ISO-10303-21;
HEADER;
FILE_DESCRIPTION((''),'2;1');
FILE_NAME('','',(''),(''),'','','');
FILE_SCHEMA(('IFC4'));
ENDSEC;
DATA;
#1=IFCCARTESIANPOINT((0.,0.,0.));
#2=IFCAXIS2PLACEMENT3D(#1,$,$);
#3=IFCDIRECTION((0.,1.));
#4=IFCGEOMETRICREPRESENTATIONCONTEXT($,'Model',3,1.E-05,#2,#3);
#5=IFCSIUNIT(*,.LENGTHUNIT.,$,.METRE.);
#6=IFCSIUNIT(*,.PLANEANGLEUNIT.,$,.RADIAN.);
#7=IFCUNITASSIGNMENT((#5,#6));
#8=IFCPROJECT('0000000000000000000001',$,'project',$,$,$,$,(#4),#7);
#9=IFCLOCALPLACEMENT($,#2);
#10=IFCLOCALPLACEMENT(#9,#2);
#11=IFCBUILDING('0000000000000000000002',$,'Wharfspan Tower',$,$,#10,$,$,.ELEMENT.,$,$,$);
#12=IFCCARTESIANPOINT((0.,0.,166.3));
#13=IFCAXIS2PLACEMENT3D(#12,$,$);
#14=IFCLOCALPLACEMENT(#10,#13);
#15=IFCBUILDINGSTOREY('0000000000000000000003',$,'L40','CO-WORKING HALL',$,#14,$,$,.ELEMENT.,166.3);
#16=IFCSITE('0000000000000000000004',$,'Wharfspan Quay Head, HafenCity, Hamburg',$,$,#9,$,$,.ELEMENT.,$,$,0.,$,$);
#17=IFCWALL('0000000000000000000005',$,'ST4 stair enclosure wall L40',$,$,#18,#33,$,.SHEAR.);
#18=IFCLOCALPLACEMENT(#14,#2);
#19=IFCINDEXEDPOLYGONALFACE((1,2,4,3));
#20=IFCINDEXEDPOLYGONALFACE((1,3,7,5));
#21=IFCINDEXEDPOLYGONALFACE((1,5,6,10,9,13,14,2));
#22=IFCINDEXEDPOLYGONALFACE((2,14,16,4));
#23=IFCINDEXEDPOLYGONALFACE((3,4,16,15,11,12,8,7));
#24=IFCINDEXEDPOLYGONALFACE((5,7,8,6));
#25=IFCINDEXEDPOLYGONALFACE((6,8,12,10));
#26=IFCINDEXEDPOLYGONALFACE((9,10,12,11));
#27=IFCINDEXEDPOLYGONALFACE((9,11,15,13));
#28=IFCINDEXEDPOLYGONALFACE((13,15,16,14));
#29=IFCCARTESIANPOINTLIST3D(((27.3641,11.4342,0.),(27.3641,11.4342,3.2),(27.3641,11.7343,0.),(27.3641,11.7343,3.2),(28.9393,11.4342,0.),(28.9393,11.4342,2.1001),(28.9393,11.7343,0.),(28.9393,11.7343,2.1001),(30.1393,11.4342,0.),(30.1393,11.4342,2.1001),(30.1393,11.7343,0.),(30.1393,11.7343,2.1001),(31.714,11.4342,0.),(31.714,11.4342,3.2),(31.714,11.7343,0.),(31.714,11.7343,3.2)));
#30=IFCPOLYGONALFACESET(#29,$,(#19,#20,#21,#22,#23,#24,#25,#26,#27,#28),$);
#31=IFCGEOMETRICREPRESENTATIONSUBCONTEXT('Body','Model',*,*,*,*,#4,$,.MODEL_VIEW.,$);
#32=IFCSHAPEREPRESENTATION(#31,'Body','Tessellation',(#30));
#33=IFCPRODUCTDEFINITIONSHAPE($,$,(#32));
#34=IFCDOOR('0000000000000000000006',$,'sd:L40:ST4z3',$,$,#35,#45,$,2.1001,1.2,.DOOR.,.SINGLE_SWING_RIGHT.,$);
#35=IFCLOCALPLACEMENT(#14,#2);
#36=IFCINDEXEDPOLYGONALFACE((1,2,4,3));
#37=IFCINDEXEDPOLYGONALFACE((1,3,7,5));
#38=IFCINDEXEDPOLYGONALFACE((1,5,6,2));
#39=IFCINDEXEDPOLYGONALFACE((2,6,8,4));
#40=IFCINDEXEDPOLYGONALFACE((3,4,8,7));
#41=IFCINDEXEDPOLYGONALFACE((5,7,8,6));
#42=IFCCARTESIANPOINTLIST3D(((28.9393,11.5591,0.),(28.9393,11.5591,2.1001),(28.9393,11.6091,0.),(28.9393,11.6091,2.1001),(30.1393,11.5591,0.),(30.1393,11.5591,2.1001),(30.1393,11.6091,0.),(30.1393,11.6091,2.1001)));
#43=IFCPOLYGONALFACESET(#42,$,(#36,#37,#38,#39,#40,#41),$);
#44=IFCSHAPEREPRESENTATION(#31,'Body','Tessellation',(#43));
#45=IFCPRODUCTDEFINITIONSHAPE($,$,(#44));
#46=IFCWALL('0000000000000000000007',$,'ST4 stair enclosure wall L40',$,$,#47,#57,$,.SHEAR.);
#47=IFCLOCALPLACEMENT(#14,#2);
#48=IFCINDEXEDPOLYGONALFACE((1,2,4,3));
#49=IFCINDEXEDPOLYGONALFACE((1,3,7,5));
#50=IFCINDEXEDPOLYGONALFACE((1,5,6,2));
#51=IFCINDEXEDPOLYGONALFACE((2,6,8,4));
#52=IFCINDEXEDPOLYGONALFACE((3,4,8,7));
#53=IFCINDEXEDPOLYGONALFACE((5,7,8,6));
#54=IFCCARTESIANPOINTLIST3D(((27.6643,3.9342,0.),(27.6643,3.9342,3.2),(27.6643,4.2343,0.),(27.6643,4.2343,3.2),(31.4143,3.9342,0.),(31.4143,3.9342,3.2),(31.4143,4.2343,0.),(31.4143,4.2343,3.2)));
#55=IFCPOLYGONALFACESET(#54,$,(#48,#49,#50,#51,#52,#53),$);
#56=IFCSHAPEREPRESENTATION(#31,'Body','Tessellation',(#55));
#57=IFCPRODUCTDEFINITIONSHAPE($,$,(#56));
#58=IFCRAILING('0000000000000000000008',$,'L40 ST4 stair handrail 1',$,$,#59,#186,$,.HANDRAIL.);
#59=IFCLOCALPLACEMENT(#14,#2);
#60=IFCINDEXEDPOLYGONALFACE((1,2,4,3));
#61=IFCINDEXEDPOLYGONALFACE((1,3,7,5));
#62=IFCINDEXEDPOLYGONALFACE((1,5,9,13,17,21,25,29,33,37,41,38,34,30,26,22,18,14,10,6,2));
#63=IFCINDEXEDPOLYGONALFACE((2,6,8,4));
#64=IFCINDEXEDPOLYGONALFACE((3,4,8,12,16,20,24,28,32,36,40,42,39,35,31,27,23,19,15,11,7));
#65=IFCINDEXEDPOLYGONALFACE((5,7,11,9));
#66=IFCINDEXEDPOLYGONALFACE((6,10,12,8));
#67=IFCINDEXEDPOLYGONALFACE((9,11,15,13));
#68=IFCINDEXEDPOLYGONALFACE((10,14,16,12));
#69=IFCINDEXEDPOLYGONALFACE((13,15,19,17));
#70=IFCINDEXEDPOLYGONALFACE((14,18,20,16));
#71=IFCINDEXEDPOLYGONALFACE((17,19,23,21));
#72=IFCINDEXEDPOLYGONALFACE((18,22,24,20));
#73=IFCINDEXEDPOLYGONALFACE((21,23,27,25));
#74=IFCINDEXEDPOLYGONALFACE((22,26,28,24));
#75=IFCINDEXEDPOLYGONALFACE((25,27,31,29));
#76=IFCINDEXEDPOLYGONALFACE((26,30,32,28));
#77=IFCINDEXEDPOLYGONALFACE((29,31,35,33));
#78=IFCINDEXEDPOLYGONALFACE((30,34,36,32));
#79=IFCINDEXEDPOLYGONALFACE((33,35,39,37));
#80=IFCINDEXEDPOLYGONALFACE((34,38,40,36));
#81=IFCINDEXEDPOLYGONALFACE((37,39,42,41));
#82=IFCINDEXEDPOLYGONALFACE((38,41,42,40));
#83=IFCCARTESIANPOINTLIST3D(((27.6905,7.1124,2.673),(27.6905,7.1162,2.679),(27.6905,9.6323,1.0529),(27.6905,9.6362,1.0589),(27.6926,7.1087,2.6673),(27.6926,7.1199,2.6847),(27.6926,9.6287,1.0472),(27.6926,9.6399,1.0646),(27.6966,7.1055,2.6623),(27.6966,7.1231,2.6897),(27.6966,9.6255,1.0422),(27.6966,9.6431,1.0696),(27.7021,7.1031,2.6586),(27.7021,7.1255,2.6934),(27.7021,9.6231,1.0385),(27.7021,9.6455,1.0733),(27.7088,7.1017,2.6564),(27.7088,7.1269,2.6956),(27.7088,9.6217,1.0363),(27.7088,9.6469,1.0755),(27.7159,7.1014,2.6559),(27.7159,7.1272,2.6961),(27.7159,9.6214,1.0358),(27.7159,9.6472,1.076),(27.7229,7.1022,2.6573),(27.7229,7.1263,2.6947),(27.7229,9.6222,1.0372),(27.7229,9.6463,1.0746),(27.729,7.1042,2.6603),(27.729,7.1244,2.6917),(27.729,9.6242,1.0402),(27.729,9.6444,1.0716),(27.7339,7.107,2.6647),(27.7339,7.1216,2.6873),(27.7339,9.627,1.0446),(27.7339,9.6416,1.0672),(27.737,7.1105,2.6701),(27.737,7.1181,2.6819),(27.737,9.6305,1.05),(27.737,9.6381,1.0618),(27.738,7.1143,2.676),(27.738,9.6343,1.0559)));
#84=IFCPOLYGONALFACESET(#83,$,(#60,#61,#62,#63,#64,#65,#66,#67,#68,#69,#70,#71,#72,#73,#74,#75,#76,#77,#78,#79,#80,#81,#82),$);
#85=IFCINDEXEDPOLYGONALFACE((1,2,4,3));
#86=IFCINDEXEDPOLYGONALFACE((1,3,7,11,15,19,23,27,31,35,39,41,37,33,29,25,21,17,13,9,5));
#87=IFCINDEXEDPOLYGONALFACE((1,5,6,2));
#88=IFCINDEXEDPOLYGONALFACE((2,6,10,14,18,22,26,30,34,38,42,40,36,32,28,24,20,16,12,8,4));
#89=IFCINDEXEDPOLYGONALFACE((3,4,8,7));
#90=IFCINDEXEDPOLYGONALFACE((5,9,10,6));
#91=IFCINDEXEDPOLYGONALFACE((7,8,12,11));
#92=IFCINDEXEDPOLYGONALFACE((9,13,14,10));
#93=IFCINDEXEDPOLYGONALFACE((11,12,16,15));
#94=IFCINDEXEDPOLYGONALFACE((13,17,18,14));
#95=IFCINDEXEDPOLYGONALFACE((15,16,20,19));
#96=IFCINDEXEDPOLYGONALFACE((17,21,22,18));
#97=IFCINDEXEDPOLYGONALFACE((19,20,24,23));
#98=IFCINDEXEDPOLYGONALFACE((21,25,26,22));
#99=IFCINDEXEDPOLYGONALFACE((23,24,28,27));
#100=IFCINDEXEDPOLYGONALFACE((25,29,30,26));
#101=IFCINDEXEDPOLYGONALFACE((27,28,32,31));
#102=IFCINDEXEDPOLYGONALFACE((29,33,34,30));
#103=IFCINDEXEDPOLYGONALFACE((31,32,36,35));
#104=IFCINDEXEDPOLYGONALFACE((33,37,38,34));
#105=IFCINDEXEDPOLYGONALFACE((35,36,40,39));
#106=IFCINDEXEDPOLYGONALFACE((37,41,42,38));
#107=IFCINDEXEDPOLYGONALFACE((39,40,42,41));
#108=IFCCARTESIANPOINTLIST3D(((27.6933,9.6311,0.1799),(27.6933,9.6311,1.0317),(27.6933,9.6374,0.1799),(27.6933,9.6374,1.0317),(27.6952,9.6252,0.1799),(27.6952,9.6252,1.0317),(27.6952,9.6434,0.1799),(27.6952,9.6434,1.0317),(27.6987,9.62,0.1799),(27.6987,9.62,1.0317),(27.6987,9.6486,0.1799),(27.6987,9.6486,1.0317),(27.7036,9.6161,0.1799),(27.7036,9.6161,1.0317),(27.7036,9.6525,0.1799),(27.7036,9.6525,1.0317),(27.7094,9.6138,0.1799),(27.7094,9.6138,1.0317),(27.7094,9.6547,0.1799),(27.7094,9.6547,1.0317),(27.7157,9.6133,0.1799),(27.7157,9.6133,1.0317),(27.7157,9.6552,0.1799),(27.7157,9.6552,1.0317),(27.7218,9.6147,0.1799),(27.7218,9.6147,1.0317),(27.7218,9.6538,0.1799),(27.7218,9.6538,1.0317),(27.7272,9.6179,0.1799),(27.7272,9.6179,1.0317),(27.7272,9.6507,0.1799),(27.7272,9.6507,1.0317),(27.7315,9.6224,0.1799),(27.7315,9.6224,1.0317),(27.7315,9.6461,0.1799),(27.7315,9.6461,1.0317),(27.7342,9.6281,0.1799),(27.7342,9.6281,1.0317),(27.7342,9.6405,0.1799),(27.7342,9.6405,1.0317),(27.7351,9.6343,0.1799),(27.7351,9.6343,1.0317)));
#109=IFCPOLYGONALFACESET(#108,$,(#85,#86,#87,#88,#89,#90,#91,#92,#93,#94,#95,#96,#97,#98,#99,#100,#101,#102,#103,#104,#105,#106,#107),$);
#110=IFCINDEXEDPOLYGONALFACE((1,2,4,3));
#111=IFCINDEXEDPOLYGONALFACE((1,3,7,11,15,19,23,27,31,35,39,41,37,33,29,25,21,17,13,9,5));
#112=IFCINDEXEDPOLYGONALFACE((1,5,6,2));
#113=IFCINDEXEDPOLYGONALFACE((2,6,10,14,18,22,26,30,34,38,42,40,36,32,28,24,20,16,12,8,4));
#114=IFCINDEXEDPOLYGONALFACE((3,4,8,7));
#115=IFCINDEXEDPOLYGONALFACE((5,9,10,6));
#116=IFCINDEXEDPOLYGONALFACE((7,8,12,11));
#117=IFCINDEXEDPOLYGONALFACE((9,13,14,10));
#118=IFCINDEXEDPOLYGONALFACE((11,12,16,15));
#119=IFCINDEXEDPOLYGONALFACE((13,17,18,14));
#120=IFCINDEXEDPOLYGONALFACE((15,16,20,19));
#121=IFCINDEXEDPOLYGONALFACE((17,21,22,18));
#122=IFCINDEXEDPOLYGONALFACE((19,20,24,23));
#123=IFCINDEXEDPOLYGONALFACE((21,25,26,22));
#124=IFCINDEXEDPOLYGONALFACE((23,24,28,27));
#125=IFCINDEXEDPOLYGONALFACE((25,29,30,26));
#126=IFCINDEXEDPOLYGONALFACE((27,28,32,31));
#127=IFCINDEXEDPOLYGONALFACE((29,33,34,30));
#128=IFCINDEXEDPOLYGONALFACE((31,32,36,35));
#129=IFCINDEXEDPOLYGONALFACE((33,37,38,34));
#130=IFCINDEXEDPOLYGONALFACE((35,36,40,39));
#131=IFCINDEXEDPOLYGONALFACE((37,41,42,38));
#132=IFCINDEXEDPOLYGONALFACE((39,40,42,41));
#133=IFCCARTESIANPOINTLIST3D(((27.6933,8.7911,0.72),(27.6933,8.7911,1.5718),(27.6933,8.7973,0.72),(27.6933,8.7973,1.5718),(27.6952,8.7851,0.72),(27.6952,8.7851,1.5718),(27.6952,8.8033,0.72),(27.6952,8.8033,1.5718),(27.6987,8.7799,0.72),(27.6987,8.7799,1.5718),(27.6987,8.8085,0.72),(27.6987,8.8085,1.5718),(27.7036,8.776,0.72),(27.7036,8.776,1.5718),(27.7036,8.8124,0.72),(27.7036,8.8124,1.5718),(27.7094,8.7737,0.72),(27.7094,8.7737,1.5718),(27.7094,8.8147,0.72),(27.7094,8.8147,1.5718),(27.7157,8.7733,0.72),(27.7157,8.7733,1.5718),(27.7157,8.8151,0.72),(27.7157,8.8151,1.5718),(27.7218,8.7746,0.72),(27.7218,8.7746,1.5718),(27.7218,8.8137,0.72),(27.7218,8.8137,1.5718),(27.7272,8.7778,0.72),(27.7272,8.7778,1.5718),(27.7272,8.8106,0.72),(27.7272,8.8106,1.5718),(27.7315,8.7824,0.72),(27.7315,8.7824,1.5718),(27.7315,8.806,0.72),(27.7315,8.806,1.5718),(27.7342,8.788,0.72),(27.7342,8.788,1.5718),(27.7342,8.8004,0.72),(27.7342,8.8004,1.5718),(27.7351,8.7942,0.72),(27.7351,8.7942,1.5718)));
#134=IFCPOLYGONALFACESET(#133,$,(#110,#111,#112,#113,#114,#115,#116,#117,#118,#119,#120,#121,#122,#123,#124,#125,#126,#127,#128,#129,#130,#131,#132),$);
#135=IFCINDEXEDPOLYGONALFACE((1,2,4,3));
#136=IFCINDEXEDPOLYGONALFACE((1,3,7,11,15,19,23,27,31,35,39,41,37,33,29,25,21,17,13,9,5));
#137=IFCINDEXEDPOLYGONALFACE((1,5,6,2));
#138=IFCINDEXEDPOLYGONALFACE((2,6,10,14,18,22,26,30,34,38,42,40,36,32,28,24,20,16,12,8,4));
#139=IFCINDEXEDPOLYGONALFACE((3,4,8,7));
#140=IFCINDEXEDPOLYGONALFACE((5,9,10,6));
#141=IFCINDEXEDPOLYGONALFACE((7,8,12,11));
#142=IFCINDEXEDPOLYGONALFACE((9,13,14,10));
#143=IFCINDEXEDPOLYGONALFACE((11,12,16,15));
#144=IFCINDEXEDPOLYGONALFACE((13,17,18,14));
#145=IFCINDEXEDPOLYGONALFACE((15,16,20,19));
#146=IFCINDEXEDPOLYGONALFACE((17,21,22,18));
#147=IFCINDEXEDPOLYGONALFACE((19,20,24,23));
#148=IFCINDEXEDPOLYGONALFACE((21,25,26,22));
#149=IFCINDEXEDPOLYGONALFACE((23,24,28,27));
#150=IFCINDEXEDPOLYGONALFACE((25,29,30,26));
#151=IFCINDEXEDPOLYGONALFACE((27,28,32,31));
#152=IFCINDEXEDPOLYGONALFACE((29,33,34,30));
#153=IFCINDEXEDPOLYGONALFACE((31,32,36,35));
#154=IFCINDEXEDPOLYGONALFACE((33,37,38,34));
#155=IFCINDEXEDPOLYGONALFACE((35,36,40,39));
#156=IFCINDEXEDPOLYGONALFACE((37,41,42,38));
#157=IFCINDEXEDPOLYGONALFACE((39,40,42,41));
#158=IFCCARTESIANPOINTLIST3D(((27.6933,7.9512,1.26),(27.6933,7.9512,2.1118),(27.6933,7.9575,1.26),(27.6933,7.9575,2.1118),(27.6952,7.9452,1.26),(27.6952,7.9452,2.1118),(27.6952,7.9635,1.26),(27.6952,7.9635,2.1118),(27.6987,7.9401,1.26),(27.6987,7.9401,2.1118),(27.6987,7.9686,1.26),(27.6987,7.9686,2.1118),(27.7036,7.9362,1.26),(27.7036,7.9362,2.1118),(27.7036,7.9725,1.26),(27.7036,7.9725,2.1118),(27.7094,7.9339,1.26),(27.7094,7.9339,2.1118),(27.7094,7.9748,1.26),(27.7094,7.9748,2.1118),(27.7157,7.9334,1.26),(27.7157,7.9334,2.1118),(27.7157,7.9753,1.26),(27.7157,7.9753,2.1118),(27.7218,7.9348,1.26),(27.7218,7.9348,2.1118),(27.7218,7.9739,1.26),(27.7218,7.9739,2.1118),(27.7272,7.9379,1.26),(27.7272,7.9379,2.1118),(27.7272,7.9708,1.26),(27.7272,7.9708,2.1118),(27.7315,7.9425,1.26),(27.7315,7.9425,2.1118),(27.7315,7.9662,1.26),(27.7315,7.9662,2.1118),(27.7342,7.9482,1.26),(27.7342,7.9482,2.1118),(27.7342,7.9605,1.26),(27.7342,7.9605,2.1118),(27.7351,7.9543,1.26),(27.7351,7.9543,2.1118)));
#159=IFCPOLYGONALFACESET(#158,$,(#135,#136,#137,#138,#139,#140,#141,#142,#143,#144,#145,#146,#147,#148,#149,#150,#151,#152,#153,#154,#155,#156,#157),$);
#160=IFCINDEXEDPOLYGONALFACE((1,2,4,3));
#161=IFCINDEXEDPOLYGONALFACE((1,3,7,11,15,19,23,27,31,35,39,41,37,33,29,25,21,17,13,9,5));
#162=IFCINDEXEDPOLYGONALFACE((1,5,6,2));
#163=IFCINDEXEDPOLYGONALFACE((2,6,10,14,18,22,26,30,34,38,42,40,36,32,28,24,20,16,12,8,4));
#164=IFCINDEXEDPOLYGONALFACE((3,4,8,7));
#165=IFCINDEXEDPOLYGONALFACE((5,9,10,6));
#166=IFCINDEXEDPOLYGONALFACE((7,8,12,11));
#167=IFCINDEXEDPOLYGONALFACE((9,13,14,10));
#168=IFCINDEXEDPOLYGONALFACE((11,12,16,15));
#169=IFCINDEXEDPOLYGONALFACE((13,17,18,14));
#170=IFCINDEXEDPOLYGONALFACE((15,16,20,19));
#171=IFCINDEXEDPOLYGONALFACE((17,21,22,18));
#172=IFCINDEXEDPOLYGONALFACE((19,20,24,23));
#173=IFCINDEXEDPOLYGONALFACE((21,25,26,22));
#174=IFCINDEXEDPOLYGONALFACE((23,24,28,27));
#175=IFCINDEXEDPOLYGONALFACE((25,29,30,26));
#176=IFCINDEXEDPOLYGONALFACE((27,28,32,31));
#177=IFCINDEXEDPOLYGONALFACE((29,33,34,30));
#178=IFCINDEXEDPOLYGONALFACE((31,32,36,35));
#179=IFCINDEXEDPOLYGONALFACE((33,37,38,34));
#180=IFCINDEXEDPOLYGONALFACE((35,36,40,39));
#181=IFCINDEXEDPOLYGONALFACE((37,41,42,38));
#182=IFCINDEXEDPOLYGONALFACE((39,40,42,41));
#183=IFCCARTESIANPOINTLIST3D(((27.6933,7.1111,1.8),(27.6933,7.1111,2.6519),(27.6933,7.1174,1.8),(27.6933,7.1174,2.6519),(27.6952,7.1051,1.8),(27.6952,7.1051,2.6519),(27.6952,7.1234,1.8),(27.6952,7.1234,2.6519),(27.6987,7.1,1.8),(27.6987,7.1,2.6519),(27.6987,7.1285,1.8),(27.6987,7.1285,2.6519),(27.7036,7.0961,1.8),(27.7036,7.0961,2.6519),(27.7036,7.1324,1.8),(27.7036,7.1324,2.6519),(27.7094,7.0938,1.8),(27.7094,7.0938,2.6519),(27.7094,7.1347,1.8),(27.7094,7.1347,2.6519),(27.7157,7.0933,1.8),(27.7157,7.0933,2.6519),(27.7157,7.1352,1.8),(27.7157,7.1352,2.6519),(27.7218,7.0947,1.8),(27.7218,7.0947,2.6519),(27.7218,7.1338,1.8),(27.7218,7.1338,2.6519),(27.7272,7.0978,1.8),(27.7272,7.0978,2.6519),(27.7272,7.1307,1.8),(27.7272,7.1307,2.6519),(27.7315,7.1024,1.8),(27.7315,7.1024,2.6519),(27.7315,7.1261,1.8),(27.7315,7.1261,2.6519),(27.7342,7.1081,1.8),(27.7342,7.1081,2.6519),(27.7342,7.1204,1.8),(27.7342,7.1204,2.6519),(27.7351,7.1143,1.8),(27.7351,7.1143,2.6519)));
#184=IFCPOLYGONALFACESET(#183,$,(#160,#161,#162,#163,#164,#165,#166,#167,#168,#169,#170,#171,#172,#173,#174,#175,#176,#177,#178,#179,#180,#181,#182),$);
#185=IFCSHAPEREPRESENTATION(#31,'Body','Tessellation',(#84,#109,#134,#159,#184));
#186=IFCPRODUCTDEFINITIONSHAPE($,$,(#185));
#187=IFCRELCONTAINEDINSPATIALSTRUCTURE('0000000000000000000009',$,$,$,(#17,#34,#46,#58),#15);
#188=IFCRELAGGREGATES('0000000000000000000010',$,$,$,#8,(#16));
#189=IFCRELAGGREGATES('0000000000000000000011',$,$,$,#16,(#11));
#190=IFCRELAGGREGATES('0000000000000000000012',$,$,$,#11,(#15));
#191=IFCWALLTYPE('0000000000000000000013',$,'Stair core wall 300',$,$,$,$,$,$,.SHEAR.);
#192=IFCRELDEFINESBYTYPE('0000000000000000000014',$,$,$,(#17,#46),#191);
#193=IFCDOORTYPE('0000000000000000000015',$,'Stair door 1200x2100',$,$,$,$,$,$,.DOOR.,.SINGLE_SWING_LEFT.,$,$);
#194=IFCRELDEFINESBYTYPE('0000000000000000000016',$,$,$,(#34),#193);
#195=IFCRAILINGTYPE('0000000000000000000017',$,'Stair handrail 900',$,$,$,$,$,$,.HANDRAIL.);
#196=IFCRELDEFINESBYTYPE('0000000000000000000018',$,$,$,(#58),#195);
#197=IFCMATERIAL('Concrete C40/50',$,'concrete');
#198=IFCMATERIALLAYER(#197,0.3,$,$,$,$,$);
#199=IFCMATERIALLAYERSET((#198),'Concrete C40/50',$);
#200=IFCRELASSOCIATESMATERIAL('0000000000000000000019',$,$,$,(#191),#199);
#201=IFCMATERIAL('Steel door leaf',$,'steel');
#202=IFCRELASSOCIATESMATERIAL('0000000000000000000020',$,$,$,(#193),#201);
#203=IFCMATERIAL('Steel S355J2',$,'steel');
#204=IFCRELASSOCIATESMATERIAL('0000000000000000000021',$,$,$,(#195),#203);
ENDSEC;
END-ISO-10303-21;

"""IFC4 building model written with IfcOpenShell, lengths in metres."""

from ifc_helpers import new_model, si_unit, direction, frame, frame_2d, origin, origin_2d, place, context, subcontext, project, spatial, rectangle, circle, extrude, material, layer, layer_set, type_object, element, fill, save


model = new_model("IFC4")

# Units and contexts
model_context = context("Model", 3, precision=1e-05, world=origin(), true_north=direction((0.0, 1.0)))
body_context = subcontext(model_context, "Body", "Model", "MODEL_VIEW")
ifc_project = project(units=[si_unit("LENGTHUNIT", "METRE"), si_unit("PLANEANGLEUNIT", "RADIAN")], contexts=[model_context])

# Site, building, storey
site_placement = place(None, origin())
site = spatial("IfcSite", under=ifc_project, at=site_placement, Name="Wharfspan Quay Head, HafenCity, Hamburg", CompositionType="ELEMENT", RefElevation=0.0)
building_placement = place(site_placement, origin())
building = spatial("IfcBuilding", under=site, at=building_placement, Name="Wharfspan Tower", CompositionType="ELEMENT")
storey_placement = place(building_placement, frame((0.0, 0.0, 166.3)))
storey = spatial("IfcBuildingStorey", under=building, at=storey_placement, Name="L40", Description="CO-WORKING HALL", CompositionType="ELEMENT", Elevation=166.3)

# Shared definitions
ifc_material_1 = material(Name="Steel S355J2", Category="steel")

# Wall, opening, door
ifc_material_2 = material(Name="Concrete C40/50", Category="concrete")
ifc_layer_1 = layer(ifc_material_2, 0.3)
ifc_layer_set_1 = layer_set([ifc_layer_1], Name="Concrete C40/50")
wall_type_1 = type_object("IfcWallType", Name="Stair core wall 300", PredefinedType="SHEAR", material=ifc_layer_set_1)
wall_1_placement = place(storey_placement, frame((27.3643, 11.5842, 0.0), z_axis=(0.0, 0.0, 1.0), x_axis=(1.0, 0.0, 0.0)))
wall_1 = element("IfcWall", 1, at=wall_1_placement, inside=storey, type_object=wall_type_1, Name="ST4 stair enclosure wall L40", PredefinedType="SHEAR", context=body_context, shape_type="SweptSolid", body=[
    extrude(rectangle(XDim=4.3499, YDim=0.3, at=frame_2d((2.1748, 0.0))), origin(), (0.0, 0.0, 1.0), 3.2),
])
opening_1_placement = place(wall_1_placement, frame((1.575, 0.0, 0.0)))
opening_1 = element("IfcOpeningElement", 2, at=opening_1_placement, cuts=wall_1, PredefinedType="OPENING", context=body_context, shape_type="SweptSolid", body=[
    extrude(rectangle(XDim=1.2, YDim=2.1001, at=frame_2d((0.6001, 1.05))), frame((0.0, 0.1599, 0.0), z_axis=(0.0, -1.0, 0.0), x_axis=(1.0, 0.0, 0.0)), (0.0, 0.0, 1.0), 0.3201),
])
ifc_material_3 = material(Name="Steel door leaf", Category="steel")
door_type_1 = type_object("IfcDoorType", Name="Stair door 1200x2100", OperationType="SINGLE_SWING_LEFT", PredefinedType="DOOR", material=ifc_material_3)
door_1_placement = place(opening_1_placement, origin())
door_1 = element("IfcDoor", 3, at=door_1_placement, inside=storey, type_object=door_type_1, Name="sd:L40:ST4z3", OperationType="SINGLE_SWING_RIGHT", OverallHeight=2.1001, OverallWidth=1.2, PredefinedType="DOOR", context=body_context, shape_type="SweptSolid", body=[
    extrude(rectangle(XDim=1.2, YDim=2.1001, at=frame_2d((0.6001, 1.05))), frame((0.0, 0.0249, 0.0), z_axis=(0.0, -1.0, 0.0), x_axis=(1.0, 0.0, 0.0)), (0.0, 0.0, 1.0), 0.05),
])
fill(opening_1, door_1)

# Wall
wall_2_placement = place(storey_placement, frame((27.6643, 4.0842, 0.0), z_axis=(0.0, 0.0, 1.0), x_axis=(1.0, 0.0, 0.0)))
element("IfcWall", 4, at=wall_2_placement, inside=storey, type_object=wall_type_1, Name="ST4 stair enclosure wall L40", PredefinedType="SHEAR", context=body_context, shape_type="SweptSolid", body=[
    extrude(rectangle(XDim=3.75, YDim=0.3, at=frame_2d((1.875, 0.0))), origin(), (0.0, 0.0, 1.0), 3.2),
])

# Railing
railing_type = type_object("IfcRailingType", Name="Stair handrail 900", PredefinedType="HANDRAIL", material=ifc_material_1)
railing_placement = place(storey_placement, frame((27.7141, 9.6343, 0.1799)))
element("IfcRailing", 5, at=railing_placement, inside=storey, type_object=railing_type, Name="L40 ST4 stair handrail 1", PredefinedType="HANDRAIL", context=body_context, shape_type="SweptSolid", body=[
    extrude(circle(Radius=0.0239, at=origin_2d()), frame((0.0, 0.0, 0.876), z_axis=(0.0, -0.841163, 0.540782), x_axis=(1.0, 0.0, 0.0)), (0.0, 0.0, 1.0), 2.9958),
    extrude(circle(Radius=0.021, at=origin_2d()), origin(), (0.0, 0.0, 1.0), 0.8518),
    extrude(circle(Radius=0.021, at=origin_2d()), frame((0.0, -0.8401, 0.54)), (0.0, 0.0, 1.0), 0.8518),
    extrude(circle(Radius=0.021, at=origin_2d()), frame((0.0, -1.6799, 1.0801)), (0.0, 0.0, 1.0), 0.8518),
    extrude(circle(Radius=0.021, at=origin_2d()), frame((0.0, -2.52, 1.6201)), (0.0, 0.0, 1.0), 0.8518),
])

save(model, "model.ifc")
